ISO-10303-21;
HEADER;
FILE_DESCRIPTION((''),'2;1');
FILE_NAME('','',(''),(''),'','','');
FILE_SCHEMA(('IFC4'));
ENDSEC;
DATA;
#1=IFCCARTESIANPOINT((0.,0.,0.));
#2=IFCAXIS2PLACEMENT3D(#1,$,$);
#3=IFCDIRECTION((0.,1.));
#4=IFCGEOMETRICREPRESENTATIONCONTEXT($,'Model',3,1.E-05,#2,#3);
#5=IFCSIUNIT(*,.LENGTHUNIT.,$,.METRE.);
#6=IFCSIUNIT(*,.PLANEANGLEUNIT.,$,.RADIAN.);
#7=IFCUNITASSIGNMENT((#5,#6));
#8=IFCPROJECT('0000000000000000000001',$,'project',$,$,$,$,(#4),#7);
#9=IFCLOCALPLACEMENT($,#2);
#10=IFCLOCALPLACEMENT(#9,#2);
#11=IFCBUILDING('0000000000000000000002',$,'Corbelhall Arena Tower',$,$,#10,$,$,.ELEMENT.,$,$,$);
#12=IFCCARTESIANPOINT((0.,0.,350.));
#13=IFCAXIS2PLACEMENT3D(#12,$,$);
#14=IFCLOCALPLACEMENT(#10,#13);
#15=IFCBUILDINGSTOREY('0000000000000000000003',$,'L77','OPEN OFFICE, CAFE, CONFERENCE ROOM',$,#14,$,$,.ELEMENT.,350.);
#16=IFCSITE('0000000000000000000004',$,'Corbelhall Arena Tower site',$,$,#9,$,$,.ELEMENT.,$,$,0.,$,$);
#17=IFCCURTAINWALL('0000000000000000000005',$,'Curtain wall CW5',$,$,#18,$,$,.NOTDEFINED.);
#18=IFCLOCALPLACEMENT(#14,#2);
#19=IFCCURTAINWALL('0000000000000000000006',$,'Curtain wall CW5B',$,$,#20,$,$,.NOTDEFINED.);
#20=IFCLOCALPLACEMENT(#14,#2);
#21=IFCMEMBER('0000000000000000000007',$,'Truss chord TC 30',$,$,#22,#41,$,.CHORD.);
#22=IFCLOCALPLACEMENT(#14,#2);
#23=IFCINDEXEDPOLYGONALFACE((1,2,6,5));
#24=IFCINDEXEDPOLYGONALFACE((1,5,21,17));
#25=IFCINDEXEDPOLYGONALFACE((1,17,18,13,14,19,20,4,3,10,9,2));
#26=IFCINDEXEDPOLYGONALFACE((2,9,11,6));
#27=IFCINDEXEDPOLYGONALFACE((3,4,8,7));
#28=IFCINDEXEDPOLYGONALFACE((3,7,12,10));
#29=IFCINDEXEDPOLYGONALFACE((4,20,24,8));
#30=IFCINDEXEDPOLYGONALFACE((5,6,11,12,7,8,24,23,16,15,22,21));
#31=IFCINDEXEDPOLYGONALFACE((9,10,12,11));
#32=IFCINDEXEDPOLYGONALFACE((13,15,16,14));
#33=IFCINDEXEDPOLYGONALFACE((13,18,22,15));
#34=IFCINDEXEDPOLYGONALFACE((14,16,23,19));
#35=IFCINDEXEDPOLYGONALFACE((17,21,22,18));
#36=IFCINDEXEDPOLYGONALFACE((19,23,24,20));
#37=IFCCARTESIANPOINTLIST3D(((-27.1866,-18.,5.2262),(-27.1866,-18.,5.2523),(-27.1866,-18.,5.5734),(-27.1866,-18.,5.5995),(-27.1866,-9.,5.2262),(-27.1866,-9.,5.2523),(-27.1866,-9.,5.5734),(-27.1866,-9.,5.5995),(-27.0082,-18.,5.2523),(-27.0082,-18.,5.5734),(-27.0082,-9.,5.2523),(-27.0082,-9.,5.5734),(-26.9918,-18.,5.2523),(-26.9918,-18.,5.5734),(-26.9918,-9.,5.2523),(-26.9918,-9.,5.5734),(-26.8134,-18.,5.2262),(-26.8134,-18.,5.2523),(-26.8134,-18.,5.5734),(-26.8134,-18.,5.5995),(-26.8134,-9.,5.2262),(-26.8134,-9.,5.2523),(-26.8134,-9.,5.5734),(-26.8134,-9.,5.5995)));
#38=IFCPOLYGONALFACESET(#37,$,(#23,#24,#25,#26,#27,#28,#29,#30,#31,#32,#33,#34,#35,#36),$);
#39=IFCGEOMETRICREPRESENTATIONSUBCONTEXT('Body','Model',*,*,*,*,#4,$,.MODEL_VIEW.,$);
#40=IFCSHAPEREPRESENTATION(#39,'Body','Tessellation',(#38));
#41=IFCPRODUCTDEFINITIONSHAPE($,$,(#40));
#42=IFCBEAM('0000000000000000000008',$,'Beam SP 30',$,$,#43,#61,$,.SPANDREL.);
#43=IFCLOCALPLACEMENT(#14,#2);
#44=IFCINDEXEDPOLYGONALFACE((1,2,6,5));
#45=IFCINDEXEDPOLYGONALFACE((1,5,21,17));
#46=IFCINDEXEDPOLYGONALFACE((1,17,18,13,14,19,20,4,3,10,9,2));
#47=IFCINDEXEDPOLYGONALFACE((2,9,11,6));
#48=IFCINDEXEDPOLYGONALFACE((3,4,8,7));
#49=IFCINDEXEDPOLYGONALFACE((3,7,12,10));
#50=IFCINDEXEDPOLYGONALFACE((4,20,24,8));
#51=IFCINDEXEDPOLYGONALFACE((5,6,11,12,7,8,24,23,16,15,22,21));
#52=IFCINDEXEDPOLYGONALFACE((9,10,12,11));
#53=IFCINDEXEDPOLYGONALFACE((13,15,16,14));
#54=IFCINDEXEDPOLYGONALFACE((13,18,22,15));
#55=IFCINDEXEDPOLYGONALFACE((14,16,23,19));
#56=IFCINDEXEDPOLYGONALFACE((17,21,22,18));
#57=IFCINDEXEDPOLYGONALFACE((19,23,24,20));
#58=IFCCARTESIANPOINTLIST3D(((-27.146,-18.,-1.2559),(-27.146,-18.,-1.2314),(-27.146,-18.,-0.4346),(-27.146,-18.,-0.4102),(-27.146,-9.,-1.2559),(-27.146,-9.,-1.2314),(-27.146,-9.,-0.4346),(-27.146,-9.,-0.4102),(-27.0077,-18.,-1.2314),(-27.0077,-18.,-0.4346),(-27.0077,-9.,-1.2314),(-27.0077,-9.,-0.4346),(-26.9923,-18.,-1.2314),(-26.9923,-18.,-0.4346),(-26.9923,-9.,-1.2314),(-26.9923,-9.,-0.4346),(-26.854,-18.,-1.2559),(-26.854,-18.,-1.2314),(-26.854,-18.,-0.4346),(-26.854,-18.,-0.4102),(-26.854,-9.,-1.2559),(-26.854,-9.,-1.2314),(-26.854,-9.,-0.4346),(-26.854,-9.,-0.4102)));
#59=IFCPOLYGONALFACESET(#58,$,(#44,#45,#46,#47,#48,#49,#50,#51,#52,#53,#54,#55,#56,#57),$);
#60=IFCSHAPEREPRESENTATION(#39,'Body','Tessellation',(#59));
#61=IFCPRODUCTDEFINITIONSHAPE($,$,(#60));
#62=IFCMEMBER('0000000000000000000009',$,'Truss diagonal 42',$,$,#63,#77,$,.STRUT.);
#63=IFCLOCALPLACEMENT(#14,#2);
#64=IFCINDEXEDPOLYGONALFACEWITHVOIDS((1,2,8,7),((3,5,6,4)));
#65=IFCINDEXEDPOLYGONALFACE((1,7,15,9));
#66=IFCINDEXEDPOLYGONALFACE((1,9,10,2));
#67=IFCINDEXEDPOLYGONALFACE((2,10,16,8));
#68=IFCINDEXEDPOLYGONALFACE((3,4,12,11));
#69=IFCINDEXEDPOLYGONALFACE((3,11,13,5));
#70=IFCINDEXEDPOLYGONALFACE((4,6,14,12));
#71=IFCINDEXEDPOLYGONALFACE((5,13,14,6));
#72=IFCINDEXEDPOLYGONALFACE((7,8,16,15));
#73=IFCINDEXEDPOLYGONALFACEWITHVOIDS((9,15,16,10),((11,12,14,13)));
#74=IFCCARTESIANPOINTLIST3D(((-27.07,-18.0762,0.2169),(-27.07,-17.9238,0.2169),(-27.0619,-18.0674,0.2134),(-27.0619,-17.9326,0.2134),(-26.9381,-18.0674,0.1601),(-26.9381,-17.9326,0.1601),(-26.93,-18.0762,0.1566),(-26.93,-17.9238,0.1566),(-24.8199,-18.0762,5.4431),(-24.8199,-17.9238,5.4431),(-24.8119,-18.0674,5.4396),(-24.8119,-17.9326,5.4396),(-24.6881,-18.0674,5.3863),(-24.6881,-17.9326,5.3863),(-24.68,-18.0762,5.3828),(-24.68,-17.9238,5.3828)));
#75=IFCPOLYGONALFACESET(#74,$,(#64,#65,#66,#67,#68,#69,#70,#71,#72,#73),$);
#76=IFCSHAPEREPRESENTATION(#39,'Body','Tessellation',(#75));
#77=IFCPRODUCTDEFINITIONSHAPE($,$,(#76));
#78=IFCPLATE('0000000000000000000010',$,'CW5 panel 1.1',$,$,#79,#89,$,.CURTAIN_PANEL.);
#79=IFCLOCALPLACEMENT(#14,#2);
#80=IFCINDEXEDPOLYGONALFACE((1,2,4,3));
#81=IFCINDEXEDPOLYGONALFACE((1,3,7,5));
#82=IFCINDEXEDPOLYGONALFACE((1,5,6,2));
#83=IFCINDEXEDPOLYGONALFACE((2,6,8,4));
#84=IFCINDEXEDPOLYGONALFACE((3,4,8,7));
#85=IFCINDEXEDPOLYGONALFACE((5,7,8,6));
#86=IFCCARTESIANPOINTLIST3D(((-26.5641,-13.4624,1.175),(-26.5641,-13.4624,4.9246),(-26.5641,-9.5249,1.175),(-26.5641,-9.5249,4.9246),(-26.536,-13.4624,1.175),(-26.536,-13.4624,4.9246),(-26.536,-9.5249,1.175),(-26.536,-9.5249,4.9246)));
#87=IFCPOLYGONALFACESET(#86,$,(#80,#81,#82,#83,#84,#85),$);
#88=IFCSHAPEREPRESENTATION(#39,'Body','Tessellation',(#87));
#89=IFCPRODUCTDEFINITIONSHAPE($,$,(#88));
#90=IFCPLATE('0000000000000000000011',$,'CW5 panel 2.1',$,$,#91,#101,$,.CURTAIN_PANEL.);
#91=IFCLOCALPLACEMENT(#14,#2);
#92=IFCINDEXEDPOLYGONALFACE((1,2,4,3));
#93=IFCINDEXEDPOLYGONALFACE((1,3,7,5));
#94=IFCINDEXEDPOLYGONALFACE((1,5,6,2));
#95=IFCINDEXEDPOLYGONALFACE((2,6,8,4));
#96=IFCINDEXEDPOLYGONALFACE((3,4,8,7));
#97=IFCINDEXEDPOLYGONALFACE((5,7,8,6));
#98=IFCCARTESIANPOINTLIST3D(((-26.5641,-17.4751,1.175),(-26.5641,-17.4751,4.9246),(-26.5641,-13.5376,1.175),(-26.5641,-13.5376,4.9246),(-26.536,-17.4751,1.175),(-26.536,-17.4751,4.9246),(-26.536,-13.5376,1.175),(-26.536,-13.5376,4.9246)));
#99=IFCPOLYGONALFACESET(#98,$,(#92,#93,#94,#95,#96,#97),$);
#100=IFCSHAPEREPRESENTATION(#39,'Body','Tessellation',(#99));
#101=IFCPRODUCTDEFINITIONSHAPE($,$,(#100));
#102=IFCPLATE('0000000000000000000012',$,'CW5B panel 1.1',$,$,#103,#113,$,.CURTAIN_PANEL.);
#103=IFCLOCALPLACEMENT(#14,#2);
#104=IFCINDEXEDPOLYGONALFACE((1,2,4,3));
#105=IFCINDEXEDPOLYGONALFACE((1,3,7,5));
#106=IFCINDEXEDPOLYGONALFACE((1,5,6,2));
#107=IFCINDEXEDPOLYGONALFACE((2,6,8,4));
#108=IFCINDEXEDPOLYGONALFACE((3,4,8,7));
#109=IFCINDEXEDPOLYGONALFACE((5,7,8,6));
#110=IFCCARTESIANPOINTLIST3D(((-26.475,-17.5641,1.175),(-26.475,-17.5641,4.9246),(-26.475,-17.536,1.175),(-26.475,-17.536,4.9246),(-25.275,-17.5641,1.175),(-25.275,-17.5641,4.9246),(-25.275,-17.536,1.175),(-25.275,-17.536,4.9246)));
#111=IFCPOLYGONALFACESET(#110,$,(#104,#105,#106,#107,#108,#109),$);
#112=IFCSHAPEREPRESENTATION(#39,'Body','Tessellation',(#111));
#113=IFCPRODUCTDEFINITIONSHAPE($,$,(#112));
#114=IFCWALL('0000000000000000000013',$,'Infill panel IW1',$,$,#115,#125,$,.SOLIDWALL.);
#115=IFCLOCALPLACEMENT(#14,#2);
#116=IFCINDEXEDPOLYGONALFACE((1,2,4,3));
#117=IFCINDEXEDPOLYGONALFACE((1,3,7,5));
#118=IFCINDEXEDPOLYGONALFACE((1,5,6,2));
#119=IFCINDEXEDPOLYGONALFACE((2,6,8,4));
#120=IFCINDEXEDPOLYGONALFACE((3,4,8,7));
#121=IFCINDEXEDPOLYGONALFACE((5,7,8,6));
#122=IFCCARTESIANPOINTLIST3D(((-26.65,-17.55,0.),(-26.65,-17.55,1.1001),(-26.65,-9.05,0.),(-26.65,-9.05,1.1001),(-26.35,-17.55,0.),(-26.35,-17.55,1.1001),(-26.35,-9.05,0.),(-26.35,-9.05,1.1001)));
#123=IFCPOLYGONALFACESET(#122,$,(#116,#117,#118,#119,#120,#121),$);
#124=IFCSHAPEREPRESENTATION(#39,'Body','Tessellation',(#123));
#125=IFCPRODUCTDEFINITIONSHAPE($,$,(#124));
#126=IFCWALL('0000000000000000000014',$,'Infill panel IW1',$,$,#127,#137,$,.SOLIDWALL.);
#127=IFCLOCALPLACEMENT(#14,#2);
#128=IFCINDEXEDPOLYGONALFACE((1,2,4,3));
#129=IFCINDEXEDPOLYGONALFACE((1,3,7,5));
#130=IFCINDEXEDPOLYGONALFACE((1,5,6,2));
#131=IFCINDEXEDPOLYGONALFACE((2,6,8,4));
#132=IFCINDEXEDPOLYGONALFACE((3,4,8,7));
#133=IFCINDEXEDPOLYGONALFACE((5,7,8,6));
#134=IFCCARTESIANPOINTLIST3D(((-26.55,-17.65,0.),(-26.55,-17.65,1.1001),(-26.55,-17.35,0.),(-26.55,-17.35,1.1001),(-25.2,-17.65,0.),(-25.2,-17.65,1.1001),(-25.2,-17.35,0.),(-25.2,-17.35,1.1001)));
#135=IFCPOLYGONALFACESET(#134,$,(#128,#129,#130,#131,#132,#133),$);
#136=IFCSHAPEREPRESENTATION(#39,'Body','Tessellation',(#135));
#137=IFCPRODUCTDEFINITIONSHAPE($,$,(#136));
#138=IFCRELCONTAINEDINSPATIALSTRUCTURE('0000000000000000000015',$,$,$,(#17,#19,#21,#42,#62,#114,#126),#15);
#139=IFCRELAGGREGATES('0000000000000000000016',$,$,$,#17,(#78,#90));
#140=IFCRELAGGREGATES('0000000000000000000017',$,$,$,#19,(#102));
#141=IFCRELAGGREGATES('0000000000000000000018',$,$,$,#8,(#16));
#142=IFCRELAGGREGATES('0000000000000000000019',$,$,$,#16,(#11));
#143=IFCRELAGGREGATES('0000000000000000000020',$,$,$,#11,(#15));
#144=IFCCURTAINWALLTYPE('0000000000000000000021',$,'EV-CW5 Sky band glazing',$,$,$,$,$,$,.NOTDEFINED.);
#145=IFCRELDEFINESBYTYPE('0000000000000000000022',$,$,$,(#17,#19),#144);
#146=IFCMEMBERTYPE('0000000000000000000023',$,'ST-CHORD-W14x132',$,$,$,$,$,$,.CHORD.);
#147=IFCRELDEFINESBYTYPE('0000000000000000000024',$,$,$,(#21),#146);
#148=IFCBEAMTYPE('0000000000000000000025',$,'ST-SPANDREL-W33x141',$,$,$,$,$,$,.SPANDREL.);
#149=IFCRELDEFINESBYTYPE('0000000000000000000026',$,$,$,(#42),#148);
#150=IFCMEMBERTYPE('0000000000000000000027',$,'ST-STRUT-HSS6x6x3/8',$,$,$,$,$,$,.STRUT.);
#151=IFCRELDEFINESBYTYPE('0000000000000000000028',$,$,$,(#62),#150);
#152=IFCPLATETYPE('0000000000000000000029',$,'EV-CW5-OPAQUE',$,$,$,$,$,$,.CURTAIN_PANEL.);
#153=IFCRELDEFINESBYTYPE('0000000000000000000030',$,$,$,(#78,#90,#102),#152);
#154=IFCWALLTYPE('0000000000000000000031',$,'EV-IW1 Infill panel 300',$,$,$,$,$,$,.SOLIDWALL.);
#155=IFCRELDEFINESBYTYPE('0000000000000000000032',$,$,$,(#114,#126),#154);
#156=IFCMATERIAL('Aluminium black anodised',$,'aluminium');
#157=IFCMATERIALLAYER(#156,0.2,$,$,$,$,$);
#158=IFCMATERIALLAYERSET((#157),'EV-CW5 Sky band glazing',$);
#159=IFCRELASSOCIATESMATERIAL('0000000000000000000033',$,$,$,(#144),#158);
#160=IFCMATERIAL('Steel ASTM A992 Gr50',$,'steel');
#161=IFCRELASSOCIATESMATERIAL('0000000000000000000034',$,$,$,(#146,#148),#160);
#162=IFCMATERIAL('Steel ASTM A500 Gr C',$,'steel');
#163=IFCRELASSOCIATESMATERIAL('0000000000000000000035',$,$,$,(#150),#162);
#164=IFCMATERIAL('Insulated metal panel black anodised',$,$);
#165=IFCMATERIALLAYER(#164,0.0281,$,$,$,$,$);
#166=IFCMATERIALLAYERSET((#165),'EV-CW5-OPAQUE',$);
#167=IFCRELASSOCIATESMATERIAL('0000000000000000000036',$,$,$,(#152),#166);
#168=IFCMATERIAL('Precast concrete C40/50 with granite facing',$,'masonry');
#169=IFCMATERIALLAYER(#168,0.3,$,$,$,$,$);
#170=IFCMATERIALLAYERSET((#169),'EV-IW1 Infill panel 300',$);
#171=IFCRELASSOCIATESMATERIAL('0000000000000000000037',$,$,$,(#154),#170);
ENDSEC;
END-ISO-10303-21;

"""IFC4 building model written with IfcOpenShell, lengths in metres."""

from ifc_helpers import new_model, si_unit, direction, frame, frame_2d, origin, origin_2d, place, context, subcontext, project, spatial, rectangle, hollow_rectangle, i_section, extrude, material, layer, layer_set, material_profile, profile_set, type_object, element, aggregate, save


model = new_model("IFC4")

# Units and contexts
model_context = context("Model", 3, precision=1e-05, world=origin(), true_north=direction((0.0, 1.0)))
body_context = subcontext(model_context, "Body", "Model", "MODEL_VIEW")
ifc_project = project(units=[si_unit("LENGTHUNIT", "METRE"), si_unit("PLANEANGLEUNIT", "RADIAN")], contexts=[model_context])

# Site, building, storey
site_placement = place(None, origin())
site = spatial("IfcSite", under=ifc_project, at=site_placement, Name="Corbelhall Arena Tower site", CompositionType="ELEMENT", RefElevation=0.0)
building_placement = place(site_placement, origin())
building = spatial("IfcBuilding", under=site, at=building_placement, Name="Corbelhall Arena Tower", CompositionType="ELEMENT")
storey_placement = place(building_placement, frame((0.0, 0.0, 350.0)))
storey = spatial("IfcBuildingStorey", under=building, at=storey_placement, Name="L77", Description="OPEN OFFICE, CAFE, CONFERENCE ROOM", CompositionType="ELEMENT", Elevation=350.0)

# Curtain walls
ifc_material_1 = material(Name="Aluminium black anodised", Category="aluminium")
ifc_layer_1 = layer(ifc_material_1, 0.2)
ifc_layer_set_1 = layer_set([ifc_layer_1], Name="EV-CW5 Sky band glazing")
curtain_wall_type = type_object("IfcCurtainWallType", Name="EV-CW5 Sky band glazing", PredefinedType="NOTDEFINED", material=ifc_layer_set_1)
curtain_wall_1_placement = place(storey_placement, origin())
curtain_wall_1 = element("IfcCurtainWall", 1, at=curtain_wall_1_placement, inside=storey, type_object=curtain_wall_type, Name="Curtain wall CW5", PredefinedType="NOTDEFINED")
curtain_wall_2_placement = place(storey_placement, origin())
curtain_wall_2 = element("IfcCurtainWall", 2, at=curtain_wall_2_placement, inside=storey, type_object=curtain_wall_type, Name="Curtain wall CW5B", PredefinedType="NOTDEFINED")

# Member
ifc_material_2 = material(Name="Steel ASTM A992 Gr50", Category="steel")
ifc_material_profile_1 = material_profile(ifc_material_2, i_section(OverallWidth=0.3733, OverallDepth=0.3733, WebThickness=0.0164, FlangeThickness=0.0261, at=origin_2d()))
ifc_profile_set_1 = profile_set([ifc_material_profile_1], Name="Steel ASTM A992 Gr50")
member_type_1 = type_object("IfcMemberType", Name="ST-CHORD-W14x132", PredefinedType="CHORD", material=ifc_profile_set_1)
for number, where, z_axis, x_axis, name in (
    (3, (-27.0, -18.0, 5.4128), (0.0, 1.0, 0.0), (-1.0, 0.0, 0.0), "Truss chord TC 30"),
):
    element("IfcMember", number, at=place(storey_placement, frame(where, z_axis=z_axis, x_axis=x_axis)), inside=storey, type_object=member_type_1, Name=name, PredefinedType="CHORD", context=body_context, shape_type="SweptSolid", body=[
        extrude(i_section(OverallWidth=0.3733, OverallDepth=0.3733, WebThickness=0.0164, FlangeThickness=0.0261, at=origin_2d()), origin(), (0.0, 0.0, 1.0), 9.0),
    ])

# Beam
ifc_material_profile_2 = material_profile(ifc_material_2, i_section(OverallWidth=0.292, OverallDepth=0.8457, WebThickness=0.0154, FlangeThickness=0.0244, at=origin_2d()))
ifc_profile_set_2 = profile_set([ifc_material_profile_2], Name="Steel ASTM A992 Gr50")
beam_type = type_object("IfcBeamType", Name="ST-SPANDREL-W33x141", PredefinedType="SPANDREL", material=ifc_profile_set_2)
beam_placement = place(storey_placement, frame((-27.0, -18.0, -0.833), z_axis=(0.0, 1.0, 0.0), x_axis=(-1.0, 0.0, 0.0)))
element("IfcBeam", 4, at=beam_placement, inside=storey, type_object=beam_type, Name="Beam SP 30", PredefinedType="SPANDREL", context=body_context, shape_type="SweptSolid", body=[
    extrude(i_section(OverallWidth=0.292, OverallDepth=0.8457, WebThickness=0.0154, FlangeThickness=0.0244, at=origin_2d()), origin(), (0.0, 0.0, 1.0), 9.0),
])

# Member
ifc_material_3 = material(Name="Steel ASTM A500 Gr C", Category="steel")
ifc_material_profile_3 = material_profile(ifc_material_3, hollow_rectangle(XDim=0.1523, YDim=0.1523, WallThickness=0.0088, at=origin_2d()))
ifc_profile_set_3 = profile_set([ifc_material_profile_3], Name="Steel ASTM A500 Gr C")
member_type_2 = type_object("IfcMemberType", Name="ST-STRUT-HSS6x6x3/8", PredefinedType="STRUT", material=ifc_profile_set_3)
member_1_placement = place(storey_placement, frame((-27.0, -18.0, 0.1868), z_axis=(0.395441, 0.0, 0.918491), x_axis=(0.0, 1.0, 0.0)))
element("IfcMember", 5, at=member_1_placement, inside=storey, type_object=member_type_2, Name="Truss diagonal 42", PredefinedType="STRUT", context=body_context, shape_type="SweptSolid", body=[
    extrude(hollow_rectangle(XDim=0.1523, YDim=0.1523, WallThickness=0.0088, at=origin_2d()), origin(), (0.0, 0.0, 1.0), 5.6899),
])

# Plates
ifc_material_4 = material(Name="Insulated metal panel black anodised")
ifc_layer_2 = layer(ifc_material_4, 0.0281)
ifc_layer_set_2 = layer_set([ifc_layer_2], Name="EV-CW5-OPAQUE")
plate_type = type_object("IfcPlateType", Name="EV-CW5-OPAQUE", PredefinedType="CURTAIN_PANEL", material=ifc_layer_set_2)
plate_1_placement = place(storey_placement, frame((-26.55, -11.4937, 1.175), z_axis=(0.0, 0.0, 1.0), x_axis=(0.0, -1.0, 0.0)))
plate_1 = element("IfcPlate", 6, at=plate_1_placement, type_object=plate_type, Name="CW5 panel 1.1", PredefinedType="CURTAIN_PANEL", context=body_context, shape_type="SweptSolid", body=[
    extrude(rectangle(XDim=3.9375, YDim=0.0281, at=origin_2d()), origin(), (0.0, 0.0, 1.0), 3.7495),
])
plate_2_placement = place(storey_placement, frame((-26.55, -15.5063, 1.175), z_axis=(0.0, 0.0, 1.0), x_axis=(0.0, -1.0, 0.0)))
plate_2 = element("IfcPlate", 7, at=plate_2_placement, type_object=plate_type, Name="CW5 panel 2.1", PredefinedType="CURTAIN_PANEL", context=body_context, shape_type="SweptSolid", body=[
    extrude(rectangle(XDim=3.9375, YDim=0.0281, at=origin_2d()), origin(), (0.0, 0.0, 1.0), 3.7495),
])
aggregate(curtain_wall_1, [plate_1, plate_2])
plate_3_placement = place(storey_placement, frame((-25.875, -17.55, 1.175), z_axis=(0.0, 0.0, 1.0), x_axis=(1.0, 0.0, 0.0)))
plate_3 = element("IfcPlate", 8, at=plate_3_placement, type_object=plate_type, Name="CW5B panel 1.1", PredefinedType="CURTAIN_PANEL", context=body_context, shape_type="SweptSolid", body=[
    extrude(rectangle(XDim=1.2, YDim=0.0281, at=origin_2d()), origin(), (0.0, 0.0, 1.0), 3.7495),
])
aggregate(curtain_wall_2, [plate_3])

# Walls
ifc_material_5 = material(Name="Precast concrete C40/50 with granite facing", Category="masonry")
ifc_layer_3 = layer(ifc_material_5, 0.3)
ifc_layer_set_3 = layer_set([ifc_layer_3], Name="EV-IW1 Infill panel 300")
wall_type = type_object("IfcWallType", Name="EV-IW1 Infill panel 300", PredefinedType="SOLIDWALL", material=ifc_layer_set_3)
wall_1_placement = place(storey_placement, frame((-26.5, -9.05, 0.0), z_axis=(0.0, 0.0, 1.0), x_axis=(0.0, -1.0, 0.0)))
element("IfcWall", 9, at=wall_1_placement, inside=storey, type_object=wall_type, Name="Infill panel IW1", PredefinedType="SOLIDWALL", context=body_context, shape_type="SweptSolid", body=[
    extrude(rectangle(XDim=8.5, YDim=0.3, at=frame_2d((4.25, 0.0))), origin(), (0.0, 0.0, 1.0), 1.1001),
])
wall_2_placement = place(storey_placement, frame((-26.55, -17.5, 0.0), z_axis=(0.0, 0.0, 1.0), x_axis=(1.0, 0.0, 0.0)))
element("IfcWall", 10, at=wall_2_placement, inside=storey, type_object=wall_type, Name="Infill panel IW1", PredefinedType="SOLIDWALL", context=body_context, shape_type="SweptSolid", body=[
    extrude(rectangle(XDim=1.3501, YDim=0.3, at=frame_2d((0.675, 0.0))), origin(), (0.0, 0.0, 1.0), 1.1001),
])

save(model, "model.ifc")
